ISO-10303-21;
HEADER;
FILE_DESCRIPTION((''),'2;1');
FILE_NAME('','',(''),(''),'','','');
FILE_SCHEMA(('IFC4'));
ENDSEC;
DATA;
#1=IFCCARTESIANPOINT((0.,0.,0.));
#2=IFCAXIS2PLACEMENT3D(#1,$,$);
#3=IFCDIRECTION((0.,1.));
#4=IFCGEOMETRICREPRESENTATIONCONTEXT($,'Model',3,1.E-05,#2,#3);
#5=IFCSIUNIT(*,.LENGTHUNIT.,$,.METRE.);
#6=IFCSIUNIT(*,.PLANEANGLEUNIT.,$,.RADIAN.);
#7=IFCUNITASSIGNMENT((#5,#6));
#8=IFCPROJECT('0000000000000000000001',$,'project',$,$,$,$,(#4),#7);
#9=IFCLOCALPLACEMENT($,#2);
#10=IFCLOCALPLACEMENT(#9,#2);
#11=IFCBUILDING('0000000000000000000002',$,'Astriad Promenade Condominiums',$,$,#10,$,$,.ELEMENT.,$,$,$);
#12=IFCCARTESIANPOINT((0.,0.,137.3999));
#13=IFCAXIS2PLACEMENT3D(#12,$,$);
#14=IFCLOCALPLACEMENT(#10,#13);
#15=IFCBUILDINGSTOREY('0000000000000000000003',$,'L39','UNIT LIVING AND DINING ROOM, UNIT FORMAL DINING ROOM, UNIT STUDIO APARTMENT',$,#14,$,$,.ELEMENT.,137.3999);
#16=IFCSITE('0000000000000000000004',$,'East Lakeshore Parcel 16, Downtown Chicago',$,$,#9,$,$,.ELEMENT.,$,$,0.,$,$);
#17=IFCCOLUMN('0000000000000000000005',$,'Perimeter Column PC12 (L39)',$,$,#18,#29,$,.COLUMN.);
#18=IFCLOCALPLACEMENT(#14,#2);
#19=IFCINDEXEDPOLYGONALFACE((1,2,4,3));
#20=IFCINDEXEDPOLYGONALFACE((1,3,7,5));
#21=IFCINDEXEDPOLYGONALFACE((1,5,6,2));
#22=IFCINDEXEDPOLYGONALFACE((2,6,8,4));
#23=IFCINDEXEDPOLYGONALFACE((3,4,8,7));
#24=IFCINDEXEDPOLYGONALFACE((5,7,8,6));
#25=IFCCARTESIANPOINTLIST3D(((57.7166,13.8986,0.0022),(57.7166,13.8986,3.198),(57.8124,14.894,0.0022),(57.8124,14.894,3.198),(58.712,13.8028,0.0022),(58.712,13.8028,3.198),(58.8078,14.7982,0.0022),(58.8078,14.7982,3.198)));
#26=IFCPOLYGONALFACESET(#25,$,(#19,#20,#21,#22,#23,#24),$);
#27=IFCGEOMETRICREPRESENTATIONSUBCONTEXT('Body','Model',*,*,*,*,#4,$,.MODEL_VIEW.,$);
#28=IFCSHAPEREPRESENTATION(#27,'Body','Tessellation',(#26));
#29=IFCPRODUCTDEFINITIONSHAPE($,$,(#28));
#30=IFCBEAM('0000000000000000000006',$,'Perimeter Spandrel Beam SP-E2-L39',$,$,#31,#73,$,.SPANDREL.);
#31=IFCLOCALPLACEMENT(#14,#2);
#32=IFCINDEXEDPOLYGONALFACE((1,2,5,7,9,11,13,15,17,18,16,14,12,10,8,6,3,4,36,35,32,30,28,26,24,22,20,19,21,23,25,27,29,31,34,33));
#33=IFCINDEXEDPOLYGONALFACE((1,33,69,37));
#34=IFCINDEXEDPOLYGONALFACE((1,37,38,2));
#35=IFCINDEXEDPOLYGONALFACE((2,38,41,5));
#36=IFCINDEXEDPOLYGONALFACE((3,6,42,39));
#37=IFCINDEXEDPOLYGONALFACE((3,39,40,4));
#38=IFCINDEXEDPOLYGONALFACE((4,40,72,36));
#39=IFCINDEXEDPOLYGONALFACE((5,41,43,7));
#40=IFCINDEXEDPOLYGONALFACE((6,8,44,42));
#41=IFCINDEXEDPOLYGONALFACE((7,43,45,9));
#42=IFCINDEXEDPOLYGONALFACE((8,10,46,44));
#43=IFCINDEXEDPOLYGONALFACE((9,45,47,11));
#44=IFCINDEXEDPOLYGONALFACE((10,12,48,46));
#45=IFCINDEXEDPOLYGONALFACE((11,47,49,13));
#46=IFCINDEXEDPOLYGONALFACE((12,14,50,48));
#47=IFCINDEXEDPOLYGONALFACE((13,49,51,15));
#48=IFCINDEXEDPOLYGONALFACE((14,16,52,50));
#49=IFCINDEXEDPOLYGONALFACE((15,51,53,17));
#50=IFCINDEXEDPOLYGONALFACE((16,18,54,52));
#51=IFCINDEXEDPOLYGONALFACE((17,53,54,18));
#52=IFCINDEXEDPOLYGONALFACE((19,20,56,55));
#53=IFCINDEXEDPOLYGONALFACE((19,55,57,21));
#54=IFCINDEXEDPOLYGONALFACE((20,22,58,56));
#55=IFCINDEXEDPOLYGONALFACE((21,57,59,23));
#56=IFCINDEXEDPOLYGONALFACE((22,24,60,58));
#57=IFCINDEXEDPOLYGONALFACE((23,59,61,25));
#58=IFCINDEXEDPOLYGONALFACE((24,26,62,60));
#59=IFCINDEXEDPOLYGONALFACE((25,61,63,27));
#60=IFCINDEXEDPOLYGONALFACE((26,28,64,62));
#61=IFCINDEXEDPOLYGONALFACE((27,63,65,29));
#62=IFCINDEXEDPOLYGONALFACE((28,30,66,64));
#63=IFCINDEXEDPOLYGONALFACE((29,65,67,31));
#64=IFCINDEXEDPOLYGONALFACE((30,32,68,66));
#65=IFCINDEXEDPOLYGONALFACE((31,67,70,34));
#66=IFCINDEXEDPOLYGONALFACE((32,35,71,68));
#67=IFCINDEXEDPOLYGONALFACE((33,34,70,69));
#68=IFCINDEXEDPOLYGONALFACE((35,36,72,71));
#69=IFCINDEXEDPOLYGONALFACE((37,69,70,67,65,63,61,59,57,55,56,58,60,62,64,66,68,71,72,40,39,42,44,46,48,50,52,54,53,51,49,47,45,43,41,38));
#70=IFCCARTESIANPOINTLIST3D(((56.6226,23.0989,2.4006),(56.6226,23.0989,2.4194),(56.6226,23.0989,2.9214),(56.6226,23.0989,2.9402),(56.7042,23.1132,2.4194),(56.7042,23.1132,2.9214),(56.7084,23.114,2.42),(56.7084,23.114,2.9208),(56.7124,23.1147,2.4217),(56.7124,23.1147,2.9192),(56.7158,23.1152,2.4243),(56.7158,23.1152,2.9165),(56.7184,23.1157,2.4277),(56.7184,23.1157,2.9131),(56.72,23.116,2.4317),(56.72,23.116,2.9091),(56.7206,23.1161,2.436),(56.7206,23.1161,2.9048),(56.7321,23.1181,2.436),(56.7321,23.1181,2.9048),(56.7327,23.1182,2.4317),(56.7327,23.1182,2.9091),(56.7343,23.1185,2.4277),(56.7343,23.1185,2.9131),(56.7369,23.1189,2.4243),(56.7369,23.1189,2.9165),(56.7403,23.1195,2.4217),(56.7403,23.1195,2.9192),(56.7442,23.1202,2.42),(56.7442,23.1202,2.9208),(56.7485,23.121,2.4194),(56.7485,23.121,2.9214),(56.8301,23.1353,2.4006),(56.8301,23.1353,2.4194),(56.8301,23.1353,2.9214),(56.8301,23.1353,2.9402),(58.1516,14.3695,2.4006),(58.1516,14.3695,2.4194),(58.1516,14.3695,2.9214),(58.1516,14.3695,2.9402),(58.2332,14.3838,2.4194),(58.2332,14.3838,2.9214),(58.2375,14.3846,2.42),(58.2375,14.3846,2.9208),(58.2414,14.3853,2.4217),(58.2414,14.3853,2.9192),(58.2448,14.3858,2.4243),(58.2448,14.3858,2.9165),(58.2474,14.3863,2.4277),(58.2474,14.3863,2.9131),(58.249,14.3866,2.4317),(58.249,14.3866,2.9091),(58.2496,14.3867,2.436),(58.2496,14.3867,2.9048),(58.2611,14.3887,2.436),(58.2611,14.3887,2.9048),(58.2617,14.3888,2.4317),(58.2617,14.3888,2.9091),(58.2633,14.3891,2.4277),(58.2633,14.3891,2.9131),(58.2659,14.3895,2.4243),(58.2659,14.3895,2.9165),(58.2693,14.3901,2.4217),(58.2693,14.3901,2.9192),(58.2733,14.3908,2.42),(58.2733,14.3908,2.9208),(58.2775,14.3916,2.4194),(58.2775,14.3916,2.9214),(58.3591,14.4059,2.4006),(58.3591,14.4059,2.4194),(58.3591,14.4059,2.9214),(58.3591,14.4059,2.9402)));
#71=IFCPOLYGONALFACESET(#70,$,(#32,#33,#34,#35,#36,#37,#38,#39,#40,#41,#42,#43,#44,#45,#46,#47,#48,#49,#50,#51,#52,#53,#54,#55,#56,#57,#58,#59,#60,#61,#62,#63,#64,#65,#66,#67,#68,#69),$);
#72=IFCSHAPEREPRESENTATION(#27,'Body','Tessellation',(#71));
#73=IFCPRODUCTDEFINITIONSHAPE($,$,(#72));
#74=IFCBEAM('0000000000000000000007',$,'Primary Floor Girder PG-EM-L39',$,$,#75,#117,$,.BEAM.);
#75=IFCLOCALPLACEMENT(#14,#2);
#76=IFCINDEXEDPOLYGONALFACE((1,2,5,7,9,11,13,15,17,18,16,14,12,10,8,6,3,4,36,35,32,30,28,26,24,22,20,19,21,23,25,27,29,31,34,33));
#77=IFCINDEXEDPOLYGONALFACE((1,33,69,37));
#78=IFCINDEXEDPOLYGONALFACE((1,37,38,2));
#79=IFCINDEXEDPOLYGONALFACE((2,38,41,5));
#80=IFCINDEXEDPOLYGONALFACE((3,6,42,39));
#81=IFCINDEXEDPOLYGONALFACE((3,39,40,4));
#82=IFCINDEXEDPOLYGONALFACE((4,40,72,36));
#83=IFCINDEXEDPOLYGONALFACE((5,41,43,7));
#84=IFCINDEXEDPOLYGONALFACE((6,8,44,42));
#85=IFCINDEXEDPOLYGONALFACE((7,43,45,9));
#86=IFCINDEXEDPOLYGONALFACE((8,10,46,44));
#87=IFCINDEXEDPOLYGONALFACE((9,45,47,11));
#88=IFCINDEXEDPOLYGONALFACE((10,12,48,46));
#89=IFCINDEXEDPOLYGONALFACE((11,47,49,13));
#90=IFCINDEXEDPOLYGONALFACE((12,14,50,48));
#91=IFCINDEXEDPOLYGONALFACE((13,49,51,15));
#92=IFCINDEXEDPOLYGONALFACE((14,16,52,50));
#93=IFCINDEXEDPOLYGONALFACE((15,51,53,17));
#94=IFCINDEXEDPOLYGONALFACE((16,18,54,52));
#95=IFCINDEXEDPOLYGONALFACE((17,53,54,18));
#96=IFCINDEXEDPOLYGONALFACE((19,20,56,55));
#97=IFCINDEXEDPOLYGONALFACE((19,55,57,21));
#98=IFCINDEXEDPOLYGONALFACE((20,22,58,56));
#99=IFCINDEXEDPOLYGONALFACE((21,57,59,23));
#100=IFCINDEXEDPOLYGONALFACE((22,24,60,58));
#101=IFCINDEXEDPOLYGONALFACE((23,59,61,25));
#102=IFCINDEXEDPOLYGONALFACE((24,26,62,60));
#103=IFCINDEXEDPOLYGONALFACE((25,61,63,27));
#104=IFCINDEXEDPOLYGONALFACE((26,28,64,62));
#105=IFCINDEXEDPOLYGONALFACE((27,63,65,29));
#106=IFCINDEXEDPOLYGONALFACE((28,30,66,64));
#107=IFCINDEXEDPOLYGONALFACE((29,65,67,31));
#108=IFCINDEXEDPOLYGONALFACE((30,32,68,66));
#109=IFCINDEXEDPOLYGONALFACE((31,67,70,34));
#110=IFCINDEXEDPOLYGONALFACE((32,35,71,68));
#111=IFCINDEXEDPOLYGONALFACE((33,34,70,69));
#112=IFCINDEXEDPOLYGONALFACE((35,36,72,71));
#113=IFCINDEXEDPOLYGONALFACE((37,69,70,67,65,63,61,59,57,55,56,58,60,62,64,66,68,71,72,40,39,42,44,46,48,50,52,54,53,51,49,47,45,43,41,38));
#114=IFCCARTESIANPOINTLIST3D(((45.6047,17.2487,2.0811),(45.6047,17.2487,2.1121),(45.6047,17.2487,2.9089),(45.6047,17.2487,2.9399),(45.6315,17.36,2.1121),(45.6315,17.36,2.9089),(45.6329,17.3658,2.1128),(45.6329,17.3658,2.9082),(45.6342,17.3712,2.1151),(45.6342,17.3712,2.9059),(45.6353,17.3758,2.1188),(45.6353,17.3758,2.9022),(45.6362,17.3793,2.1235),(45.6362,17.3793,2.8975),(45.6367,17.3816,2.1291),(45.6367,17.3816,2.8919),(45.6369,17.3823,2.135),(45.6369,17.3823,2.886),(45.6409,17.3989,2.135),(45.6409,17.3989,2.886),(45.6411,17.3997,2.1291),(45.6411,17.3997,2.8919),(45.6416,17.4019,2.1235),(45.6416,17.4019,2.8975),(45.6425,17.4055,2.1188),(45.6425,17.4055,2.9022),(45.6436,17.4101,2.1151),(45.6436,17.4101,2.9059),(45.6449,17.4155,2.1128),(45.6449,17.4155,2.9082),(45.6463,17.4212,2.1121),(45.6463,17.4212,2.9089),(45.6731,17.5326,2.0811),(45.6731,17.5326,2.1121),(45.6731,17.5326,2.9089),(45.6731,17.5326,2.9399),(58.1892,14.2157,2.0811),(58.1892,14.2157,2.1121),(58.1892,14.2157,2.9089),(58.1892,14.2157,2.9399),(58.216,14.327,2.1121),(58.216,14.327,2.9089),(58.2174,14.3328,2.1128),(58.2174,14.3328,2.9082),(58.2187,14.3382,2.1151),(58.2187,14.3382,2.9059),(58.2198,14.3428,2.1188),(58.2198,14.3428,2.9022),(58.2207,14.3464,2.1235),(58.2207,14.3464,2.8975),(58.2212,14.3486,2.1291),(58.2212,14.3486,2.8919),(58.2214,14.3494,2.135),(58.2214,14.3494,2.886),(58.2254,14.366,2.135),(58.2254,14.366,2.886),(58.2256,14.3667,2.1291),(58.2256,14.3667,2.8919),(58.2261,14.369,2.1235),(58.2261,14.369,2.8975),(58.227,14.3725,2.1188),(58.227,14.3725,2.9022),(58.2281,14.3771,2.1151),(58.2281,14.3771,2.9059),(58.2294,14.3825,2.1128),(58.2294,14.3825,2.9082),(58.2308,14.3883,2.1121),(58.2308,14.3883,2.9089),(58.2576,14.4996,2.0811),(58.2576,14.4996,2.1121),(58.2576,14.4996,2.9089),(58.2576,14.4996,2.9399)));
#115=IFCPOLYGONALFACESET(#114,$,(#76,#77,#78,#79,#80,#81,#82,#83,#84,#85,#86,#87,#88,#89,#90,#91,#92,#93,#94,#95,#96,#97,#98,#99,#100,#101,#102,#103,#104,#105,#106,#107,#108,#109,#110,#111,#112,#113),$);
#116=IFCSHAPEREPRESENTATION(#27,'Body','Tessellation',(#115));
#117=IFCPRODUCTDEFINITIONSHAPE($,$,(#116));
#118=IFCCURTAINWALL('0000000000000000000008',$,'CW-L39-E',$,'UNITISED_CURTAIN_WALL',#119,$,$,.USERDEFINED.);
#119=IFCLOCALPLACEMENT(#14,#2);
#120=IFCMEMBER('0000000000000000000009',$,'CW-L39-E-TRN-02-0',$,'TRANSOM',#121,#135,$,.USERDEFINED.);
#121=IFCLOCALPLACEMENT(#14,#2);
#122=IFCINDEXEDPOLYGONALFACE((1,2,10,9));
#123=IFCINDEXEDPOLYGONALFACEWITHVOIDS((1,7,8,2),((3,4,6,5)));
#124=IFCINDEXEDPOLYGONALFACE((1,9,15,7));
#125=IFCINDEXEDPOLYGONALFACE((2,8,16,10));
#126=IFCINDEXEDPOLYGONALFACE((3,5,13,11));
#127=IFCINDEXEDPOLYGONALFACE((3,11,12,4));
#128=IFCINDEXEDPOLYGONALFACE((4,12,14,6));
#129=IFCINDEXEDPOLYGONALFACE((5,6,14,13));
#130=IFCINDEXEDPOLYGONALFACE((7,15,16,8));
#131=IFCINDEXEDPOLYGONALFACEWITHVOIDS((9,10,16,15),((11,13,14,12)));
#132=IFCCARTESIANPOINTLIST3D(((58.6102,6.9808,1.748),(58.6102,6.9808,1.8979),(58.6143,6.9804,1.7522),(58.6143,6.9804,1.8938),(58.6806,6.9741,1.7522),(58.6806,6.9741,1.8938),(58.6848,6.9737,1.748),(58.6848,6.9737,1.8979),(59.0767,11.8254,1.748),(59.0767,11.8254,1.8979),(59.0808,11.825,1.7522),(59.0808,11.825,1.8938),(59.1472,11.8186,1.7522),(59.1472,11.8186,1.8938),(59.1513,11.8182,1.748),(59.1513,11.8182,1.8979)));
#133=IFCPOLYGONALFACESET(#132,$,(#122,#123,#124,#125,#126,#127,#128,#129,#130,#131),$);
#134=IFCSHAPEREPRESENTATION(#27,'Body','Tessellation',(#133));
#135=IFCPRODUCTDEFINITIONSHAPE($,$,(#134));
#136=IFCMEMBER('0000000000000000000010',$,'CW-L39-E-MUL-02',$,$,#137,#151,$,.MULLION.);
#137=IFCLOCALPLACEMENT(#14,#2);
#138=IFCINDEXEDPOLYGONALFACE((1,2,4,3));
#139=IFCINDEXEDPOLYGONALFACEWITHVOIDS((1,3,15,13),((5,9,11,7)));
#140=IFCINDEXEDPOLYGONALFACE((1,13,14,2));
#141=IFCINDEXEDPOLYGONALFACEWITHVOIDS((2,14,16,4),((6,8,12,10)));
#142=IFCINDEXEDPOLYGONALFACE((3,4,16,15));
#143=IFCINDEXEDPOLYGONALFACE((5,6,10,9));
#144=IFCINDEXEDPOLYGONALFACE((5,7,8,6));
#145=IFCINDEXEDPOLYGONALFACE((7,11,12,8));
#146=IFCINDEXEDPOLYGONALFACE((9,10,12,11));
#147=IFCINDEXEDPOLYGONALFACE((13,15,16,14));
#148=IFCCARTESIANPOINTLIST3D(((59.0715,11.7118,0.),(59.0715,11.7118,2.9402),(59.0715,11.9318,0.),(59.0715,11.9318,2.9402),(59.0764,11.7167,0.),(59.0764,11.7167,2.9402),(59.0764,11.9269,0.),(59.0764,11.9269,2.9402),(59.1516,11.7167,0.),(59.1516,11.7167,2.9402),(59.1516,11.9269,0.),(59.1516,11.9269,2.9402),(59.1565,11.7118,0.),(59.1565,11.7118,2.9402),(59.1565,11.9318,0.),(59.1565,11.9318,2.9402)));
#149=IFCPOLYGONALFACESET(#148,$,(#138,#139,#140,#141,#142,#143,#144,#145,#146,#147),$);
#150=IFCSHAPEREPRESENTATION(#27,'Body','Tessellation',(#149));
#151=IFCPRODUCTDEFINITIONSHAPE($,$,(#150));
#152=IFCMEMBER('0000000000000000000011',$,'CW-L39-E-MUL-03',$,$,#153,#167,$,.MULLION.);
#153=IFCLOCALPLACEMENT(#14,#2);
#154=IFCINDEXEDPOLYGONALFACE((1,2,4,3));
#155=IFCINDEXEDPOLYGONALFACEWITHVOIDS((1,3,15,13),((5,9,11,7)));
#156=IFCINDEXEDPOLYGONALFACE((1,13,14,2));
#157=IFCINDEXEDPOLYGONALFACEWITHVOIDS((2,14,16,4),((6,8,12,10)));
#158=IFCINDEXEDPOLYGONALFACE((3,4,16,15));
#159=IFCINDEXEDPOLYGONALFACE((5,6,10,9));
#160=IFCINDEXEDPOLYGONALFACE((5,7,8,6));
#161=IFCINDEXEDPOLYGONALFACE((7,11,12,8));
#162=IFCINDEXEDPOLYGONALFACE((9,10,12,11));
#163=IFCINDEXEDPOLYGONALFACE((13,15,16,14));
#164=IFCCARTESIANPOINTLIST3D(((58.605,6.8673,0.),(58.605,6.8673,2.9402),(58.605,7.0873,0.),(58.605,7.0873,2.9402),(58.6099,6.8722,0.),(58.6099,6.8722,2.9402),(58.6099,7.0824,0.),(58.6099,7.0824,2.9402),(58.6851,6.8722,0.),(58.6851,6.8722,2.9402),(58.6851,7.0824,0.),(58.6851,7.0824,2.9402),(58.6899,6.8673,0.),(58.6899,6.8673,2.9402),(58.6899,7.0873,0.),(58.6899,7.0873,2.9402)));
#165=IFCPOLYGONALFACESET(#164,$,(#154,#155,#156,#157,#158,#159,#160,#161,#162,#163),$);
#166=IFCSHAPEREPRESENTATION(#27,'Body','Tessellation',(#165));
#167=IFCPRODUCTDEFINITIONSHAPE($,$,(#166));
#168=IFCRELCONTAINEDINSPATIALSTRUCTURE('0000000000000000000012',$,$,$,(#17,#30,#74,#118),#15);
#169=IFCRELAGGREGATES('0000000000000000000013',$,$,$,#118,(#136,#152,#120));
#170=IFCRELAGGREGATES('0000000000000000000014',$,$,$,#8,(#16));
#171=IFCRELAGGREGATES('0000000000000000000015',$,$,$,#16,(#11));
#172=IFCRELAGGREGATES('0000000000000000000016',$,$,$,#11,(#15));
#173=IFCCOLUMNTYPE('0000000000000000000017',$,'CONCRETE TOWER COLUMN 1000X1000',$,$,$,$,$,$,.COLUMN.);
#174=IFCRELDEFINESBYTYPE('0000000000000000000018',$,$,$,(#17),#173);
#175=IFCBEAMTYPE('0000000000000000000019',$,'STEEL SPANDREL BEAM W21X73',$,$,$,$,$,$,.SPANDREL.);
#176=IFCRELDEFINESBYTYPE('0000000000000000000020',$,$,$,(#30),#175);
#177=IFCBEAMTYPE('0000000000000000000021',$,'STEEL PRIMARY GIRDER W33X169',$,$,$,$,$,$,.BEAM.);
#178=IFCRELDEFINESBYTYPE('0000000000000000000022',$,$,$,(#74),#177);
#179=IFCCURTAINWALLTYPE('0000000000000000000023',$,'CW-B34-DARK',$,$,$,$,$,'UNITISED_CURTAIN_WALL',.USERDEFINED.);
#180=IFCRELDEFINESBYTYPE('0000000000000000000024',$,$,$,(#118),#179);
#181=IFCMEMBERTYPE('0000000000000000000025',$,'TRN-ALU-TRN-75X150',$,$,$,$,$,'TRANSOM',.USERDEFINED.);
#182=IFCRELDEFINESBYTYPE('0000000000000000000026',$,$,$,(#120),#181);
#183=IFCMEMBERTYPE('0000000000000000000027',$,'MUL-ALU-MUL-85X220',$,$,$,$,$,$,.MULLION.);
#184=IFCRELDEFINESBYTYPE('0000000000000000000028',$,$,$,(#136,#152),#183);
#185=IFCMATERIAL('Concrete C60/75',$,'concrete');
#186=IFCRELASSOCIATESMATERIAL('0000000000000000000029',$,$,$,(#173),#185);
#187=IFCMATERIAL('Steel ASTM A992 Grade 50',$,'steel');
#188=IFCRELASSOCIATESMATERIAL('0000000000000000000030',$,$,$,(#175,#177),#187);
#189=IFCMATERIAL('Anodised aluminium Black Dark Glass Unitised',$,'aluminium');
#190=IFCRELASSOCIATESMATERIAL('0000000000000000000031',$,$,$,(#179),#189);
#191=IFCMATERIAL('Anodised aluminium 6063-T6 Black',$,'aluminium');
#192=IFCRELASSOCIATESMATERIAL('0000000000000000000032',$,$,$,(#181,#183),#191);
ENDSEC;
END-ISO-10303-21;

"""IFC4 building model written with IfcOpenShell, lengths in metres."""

from ifc_helpers import new_model, si_unit, direction, frame, origin, origin_2d, place, context, subcontext, project, spatial, rectangle, hollow_rectangle, i_section, extrude, source, transform, mapped, material, material_profile, profile_set, type_object, type_shapes, element, aggregate, save


model = new_model("IFC4")

# Units and contexts
model_context = context("Model", 3, precision=1e-05, world=origin(), true_north=direction((0.0, 1.0)))
body_context = subcontext(model_context, "Body", "Model", "MODEL_VIEW")
ifc_project = project(units=[si_unit("LENGTHUNIT", "METRE"), si_unit("PLANEANGLEUNIT", "RADIAN")], contexts=[model_context])

# Site, building, storey
site_placement = place(None, origin())
site = spatial("IfcSite", under=ifc_project, at=site_placement, Name="East Lakeshore Parcel 16, Downtown Chicago", CompositionType="ELEMENT", RefElevation=0.0)
building_placement = place(site_placement, origin())
building = spatial("IfcBuilding", under=site, at=building_placement, Name="Astriad Promenade Condominiums", CompositionType="ELEMENT")
storey_placement = place(building_placement, frame((0.0, 0.0, 137.3999)))
storey = spatial("IfcBuildingStorey", under=building, at=storey_placement, Name="L39", Description="UNIT LIVING AND DINING ROOM, UNIT FORMAL DINING ROOM, UNIT STUDIO APARTMENT", CompositionType="ELEMENT", Elevation=137.3999)

# Column
ifc_material_1 = material(Name="Concrete C60/75", Category="concrete")
ifc_material_profile_1 = material_profile(ifc_material_1, rectangle(XDim=1.0, YDim=1.0, at=origin_2d()), Name="RC-COL-1000X1000")
ifc_profile_set_1 = profile_set([ifc_material_profile_1], Name="Concrete C60/75")
column_type = type_object("IfcColumnType", Name="CONCRETE TOWER COLUMN 1000X1000", PredefinedType="COLUMN", material=ifc_profile_set_1)
shared_shape_1 = source(origin(), body_context, "Body", "SweptSolid", [
    extrude(rectangle(XDim=1.0, YDim=1.0, at=origin_2d()), origin(), (0.0, 0.0, 1.0), 3.1958),
])
type_shapes(column_type, [shared_shape_1])
column_placement = place(storey_placement, frame((58.2622, 14.3484, 0.0022), z_axis=(0.0, 0.0, 1.0), x_axis=(0.995396, -0.095846, 0.0)))
element("IfcColumn", 1, at=column_placement, inside=storey, type_object=column_type, Name="Perimeter Column PC12 (L39)", PredefinedType="COLUMN", context=body_context, shape_type="MappedRepresentation", body=[
    mapped(shared_shape_1, transform((0.0, 0.0, 0.0), scale=1.0)),
])

# Beams
ifc_material_2 = material(Name="Steel ASTM A992 Grade 50", Category="steel")
ifc_material_profile_2 = material_profile(ifc_material_2, i_section(OverallWidth=0.2107, OverallDepth=0.5396, WebThickness=0.0117, FlangeThickness=0.0188, FilletRadius=0.0166, at=origin_2d()), Name="W21X73")
ifc_profile_set_2 = profile_set([ifc_material_profile_2], Name="Steel ASTM A992 Grade 50")
beam_type_1 = type_object("IfcBeamType", Name="STEEL SPANDREL BEAM W21X73", PredefinedType="SPANDREL", material=ifc_profile_set_2)
shared_shape_2 = source(origin(), body_context, "Body", "SweptSolid", [
    extrude(i_section(OverallWidth=0.2107, OverallDepth=0.5396, WebThickness=0.0117, FlangeThickness=0.0188, FilletRadius=0.0166, at=origin_2d()), origin(), (0.0, 0.0, 1.0), 8.8623),
])
type_shapes(beam_type_1, [shared_shape_2])
beam_1_placement = place(storey_placement, frame((58.2554, 14.3877, 2.6704), z_axis=(-0.172533, 0.985004, 0.0), x_axis=(-0.985004, -0.172533, 0.0)))
element("IfcBeam", 2, at=beam_1_placement, inside=storey, type_object=beam_type_1, Name="Perimeter Spandrel Beam SP-E2-L39", PredefinedType="SPANDREL", context=body_context, shape_type="MappedRepresentation", body=[
    mapped(shared_shape_2, transform((0.0, 0.0, 0.0), scale=1.0)),
])
ifc_material_profile_3 = material_profile(ifc_material_2, i_section(OverallWidth=0.292, OverallDepth=0.8589, WebThickness=0.0171, FlangeThickness=0.031, FilletRadius=0.0229, at=origin_2d()), Name="W33X169")
ifc_profile_set_3 = profile_set([ifc_material_profile_3], Name="Steel ASTM A992 Grade 50")
beam_type_2 = type_object("IfcBeamType", Name="STEEL PRIMARY GIRDER W33X169", PredefinedType="BEAM", material=ifc_profile_set_3)
shared_shape_3 = source(origin(), body_context, "Body", "SweptSolid", [
    extrude(i_section(OverallWidth=0.292, OverallDepth=0.8589, WebThickness=0.0171, FlangeThickness=0.031, FilletRadius=0.0229, at=origin_2d()), origin(), (0.0, 0.0, 1.0), 12.9448),
])
type_shapes(beam_type_2, [shared_shape_3])
beam_2_placement = place(storey_placement, frame((58.2234, 14.3577, 2.5105), z_axis=(-0.972164, 0.234299, 0.0), x_axis=(-0.234299, -0.972164, 0.0)))
element("IfcBeam", 3, at=beam_2_placement, inside=storey, type_object=beam_type_2, Name="Primary Floor Girder PG-EM-L39", PredefinedType="BEAM", context=body_context, shape_type="MappedRepresentation", body=[
    mapped(shared_shape_3, transform((0.0, 0.0, 0.0), scale=1.0)),
])

# Curtain wall, members
ifc_material_3 = material(Name="Anodised aluminium Black Dark Glass Unitised", Category="aluminium")
curtain_wall_type = type_object("IfcCurtainWallType", Name="CW-B34-DARK", ElementType="UNITISED_CURTAIN_WALL", PredefinedType="USERDEFINED", material=ifc_material_3)
curtain_wall_placement = place(storey_placement, origin())
curtain_wall = element("IfcCurtainWall", 4, at=curtain_wall_placement, inside=storey, type_object=curtain_wall_type, Name="CW-L39-E", ObjectType="UNITISED_CURTAIN_WALL", PredefinedType="USERDEFINED")
ifc_material_4 = material(Name="Anodised aluminium 6063-T6 Black", Category="aluminium")
ifc_material_profile_4 = material_profile(ifc_material_4, hollow_rectangle(XDim=0.075, YDim=0.1499, WallThickness=0.0042, at=origin_2d()), Name="ALU-TRN-75X150")
ifc_profile_set_4 = profile_set([ifc_material_profile_4], Name="Anodised aluminium 6063-T6 Black")
member_type_1 = type_object("IfcMemberType", Name="TRN-ALU-TRN-75X150", ElementType="TRANSOM", PredefinedType="USERDEFINED", material=ifc_profile_set_4)
shared_shape_4 = source(origin(), body_context, "Body", "SweptSolid", [
    extrude(hollow_rectangle(XDim=0.075, YDim=0.1499, WallThickness=0.0042, at=origin_2d()), origin(), (0.0, 0.0, 1.0), 4.8669),
])
type_shapes(member_type_1, [shared_shape_4])
member_1_placement = place(storey_placement, frame((59.114, 11.8218, 1.823), z_axis=(-0.095862, -0.995395, 0.0), x_axis=(0.995395, -0.095862, 0.0)))
member_1 = element("IfcMember", 5, at=member_1_placement, type_object=member_type_1, Name="CW-L39-E-TRN-02-0", ObjectType="TRANSOM", PredefinedType="USERDEFINED", context=body_context, shape_type="MappedRepresentation", body=[
    mapped(shared_shape_4, transform((0.0, 0.0, 0.0), scale=1.0)),
])
ifc_material_profile_5 = material_profile(ifc_material_4, hollow_rectangle(XDim=0.085, YDim=0.22, WallThickness=0.0049, at=origin_2d()), Name="ALU-MUL-85X220")
ifc_profile_set_5 = profile_set([ifc_material_profile_5], Name="Anodised aluminium 6063-T6 Black")
member_type_2 = type_object("IfcMemberType", Name="MUL-ALU-MUL-85X220", PredefinedType="MULLION", material=ifc_profile_set_5)
shared_shape_5 = source(origin(), body_context, "Body", "SweptSolid", [
    extrude(hollow_rectangle(XDim=0.085, YDim=0.22, WallThickness=0.0049, at=origin_2d()), origin(), (0.0, 0.0, 1.0), 2.9402),
])
type_shapes(member_type_2, [shared_shape_5])
member_2_placement = place(storey_placement, frame((59.114, 11.8218, 0.0), z_axis=(0.0, 0.0, 1.0), x_axis=(1.0, 0.0, 0.0)))
member_2 = element("IfcMember", 6, at=member_2_placement, type_object=member_type_2, Name="CW-L39-E-MUL-02", PredefinedType="MULLION", context=body_context, shape_type="MappedRepresentation", body=[
    mapped(shared_shape_5, transform((0.0, 0.0, 0.0), scale=1.0)),
])
member_3_placement = place(storey_placement, frame((58.6475, 6.9773, 0.0), z_axis=(0.0, 0.0, 1.0), x_axis=(1.0, 0.0, 0.0)))
member_3 = element("IfcMember", 7, at=member_3_placement, type_object=member_type_2, Name="CW-L39-E-MUL-03", PredefinedType="MULLION", context=body_context, shape_type="MappedRepresentation", body=[
    mapped(shared_shape_5, transform((0.0, 0.0, 0.0), scale=1.0)),
])
aggregate(curtain_wall, [member_2, member_3, member_1])

save(model, "model.ifc")
